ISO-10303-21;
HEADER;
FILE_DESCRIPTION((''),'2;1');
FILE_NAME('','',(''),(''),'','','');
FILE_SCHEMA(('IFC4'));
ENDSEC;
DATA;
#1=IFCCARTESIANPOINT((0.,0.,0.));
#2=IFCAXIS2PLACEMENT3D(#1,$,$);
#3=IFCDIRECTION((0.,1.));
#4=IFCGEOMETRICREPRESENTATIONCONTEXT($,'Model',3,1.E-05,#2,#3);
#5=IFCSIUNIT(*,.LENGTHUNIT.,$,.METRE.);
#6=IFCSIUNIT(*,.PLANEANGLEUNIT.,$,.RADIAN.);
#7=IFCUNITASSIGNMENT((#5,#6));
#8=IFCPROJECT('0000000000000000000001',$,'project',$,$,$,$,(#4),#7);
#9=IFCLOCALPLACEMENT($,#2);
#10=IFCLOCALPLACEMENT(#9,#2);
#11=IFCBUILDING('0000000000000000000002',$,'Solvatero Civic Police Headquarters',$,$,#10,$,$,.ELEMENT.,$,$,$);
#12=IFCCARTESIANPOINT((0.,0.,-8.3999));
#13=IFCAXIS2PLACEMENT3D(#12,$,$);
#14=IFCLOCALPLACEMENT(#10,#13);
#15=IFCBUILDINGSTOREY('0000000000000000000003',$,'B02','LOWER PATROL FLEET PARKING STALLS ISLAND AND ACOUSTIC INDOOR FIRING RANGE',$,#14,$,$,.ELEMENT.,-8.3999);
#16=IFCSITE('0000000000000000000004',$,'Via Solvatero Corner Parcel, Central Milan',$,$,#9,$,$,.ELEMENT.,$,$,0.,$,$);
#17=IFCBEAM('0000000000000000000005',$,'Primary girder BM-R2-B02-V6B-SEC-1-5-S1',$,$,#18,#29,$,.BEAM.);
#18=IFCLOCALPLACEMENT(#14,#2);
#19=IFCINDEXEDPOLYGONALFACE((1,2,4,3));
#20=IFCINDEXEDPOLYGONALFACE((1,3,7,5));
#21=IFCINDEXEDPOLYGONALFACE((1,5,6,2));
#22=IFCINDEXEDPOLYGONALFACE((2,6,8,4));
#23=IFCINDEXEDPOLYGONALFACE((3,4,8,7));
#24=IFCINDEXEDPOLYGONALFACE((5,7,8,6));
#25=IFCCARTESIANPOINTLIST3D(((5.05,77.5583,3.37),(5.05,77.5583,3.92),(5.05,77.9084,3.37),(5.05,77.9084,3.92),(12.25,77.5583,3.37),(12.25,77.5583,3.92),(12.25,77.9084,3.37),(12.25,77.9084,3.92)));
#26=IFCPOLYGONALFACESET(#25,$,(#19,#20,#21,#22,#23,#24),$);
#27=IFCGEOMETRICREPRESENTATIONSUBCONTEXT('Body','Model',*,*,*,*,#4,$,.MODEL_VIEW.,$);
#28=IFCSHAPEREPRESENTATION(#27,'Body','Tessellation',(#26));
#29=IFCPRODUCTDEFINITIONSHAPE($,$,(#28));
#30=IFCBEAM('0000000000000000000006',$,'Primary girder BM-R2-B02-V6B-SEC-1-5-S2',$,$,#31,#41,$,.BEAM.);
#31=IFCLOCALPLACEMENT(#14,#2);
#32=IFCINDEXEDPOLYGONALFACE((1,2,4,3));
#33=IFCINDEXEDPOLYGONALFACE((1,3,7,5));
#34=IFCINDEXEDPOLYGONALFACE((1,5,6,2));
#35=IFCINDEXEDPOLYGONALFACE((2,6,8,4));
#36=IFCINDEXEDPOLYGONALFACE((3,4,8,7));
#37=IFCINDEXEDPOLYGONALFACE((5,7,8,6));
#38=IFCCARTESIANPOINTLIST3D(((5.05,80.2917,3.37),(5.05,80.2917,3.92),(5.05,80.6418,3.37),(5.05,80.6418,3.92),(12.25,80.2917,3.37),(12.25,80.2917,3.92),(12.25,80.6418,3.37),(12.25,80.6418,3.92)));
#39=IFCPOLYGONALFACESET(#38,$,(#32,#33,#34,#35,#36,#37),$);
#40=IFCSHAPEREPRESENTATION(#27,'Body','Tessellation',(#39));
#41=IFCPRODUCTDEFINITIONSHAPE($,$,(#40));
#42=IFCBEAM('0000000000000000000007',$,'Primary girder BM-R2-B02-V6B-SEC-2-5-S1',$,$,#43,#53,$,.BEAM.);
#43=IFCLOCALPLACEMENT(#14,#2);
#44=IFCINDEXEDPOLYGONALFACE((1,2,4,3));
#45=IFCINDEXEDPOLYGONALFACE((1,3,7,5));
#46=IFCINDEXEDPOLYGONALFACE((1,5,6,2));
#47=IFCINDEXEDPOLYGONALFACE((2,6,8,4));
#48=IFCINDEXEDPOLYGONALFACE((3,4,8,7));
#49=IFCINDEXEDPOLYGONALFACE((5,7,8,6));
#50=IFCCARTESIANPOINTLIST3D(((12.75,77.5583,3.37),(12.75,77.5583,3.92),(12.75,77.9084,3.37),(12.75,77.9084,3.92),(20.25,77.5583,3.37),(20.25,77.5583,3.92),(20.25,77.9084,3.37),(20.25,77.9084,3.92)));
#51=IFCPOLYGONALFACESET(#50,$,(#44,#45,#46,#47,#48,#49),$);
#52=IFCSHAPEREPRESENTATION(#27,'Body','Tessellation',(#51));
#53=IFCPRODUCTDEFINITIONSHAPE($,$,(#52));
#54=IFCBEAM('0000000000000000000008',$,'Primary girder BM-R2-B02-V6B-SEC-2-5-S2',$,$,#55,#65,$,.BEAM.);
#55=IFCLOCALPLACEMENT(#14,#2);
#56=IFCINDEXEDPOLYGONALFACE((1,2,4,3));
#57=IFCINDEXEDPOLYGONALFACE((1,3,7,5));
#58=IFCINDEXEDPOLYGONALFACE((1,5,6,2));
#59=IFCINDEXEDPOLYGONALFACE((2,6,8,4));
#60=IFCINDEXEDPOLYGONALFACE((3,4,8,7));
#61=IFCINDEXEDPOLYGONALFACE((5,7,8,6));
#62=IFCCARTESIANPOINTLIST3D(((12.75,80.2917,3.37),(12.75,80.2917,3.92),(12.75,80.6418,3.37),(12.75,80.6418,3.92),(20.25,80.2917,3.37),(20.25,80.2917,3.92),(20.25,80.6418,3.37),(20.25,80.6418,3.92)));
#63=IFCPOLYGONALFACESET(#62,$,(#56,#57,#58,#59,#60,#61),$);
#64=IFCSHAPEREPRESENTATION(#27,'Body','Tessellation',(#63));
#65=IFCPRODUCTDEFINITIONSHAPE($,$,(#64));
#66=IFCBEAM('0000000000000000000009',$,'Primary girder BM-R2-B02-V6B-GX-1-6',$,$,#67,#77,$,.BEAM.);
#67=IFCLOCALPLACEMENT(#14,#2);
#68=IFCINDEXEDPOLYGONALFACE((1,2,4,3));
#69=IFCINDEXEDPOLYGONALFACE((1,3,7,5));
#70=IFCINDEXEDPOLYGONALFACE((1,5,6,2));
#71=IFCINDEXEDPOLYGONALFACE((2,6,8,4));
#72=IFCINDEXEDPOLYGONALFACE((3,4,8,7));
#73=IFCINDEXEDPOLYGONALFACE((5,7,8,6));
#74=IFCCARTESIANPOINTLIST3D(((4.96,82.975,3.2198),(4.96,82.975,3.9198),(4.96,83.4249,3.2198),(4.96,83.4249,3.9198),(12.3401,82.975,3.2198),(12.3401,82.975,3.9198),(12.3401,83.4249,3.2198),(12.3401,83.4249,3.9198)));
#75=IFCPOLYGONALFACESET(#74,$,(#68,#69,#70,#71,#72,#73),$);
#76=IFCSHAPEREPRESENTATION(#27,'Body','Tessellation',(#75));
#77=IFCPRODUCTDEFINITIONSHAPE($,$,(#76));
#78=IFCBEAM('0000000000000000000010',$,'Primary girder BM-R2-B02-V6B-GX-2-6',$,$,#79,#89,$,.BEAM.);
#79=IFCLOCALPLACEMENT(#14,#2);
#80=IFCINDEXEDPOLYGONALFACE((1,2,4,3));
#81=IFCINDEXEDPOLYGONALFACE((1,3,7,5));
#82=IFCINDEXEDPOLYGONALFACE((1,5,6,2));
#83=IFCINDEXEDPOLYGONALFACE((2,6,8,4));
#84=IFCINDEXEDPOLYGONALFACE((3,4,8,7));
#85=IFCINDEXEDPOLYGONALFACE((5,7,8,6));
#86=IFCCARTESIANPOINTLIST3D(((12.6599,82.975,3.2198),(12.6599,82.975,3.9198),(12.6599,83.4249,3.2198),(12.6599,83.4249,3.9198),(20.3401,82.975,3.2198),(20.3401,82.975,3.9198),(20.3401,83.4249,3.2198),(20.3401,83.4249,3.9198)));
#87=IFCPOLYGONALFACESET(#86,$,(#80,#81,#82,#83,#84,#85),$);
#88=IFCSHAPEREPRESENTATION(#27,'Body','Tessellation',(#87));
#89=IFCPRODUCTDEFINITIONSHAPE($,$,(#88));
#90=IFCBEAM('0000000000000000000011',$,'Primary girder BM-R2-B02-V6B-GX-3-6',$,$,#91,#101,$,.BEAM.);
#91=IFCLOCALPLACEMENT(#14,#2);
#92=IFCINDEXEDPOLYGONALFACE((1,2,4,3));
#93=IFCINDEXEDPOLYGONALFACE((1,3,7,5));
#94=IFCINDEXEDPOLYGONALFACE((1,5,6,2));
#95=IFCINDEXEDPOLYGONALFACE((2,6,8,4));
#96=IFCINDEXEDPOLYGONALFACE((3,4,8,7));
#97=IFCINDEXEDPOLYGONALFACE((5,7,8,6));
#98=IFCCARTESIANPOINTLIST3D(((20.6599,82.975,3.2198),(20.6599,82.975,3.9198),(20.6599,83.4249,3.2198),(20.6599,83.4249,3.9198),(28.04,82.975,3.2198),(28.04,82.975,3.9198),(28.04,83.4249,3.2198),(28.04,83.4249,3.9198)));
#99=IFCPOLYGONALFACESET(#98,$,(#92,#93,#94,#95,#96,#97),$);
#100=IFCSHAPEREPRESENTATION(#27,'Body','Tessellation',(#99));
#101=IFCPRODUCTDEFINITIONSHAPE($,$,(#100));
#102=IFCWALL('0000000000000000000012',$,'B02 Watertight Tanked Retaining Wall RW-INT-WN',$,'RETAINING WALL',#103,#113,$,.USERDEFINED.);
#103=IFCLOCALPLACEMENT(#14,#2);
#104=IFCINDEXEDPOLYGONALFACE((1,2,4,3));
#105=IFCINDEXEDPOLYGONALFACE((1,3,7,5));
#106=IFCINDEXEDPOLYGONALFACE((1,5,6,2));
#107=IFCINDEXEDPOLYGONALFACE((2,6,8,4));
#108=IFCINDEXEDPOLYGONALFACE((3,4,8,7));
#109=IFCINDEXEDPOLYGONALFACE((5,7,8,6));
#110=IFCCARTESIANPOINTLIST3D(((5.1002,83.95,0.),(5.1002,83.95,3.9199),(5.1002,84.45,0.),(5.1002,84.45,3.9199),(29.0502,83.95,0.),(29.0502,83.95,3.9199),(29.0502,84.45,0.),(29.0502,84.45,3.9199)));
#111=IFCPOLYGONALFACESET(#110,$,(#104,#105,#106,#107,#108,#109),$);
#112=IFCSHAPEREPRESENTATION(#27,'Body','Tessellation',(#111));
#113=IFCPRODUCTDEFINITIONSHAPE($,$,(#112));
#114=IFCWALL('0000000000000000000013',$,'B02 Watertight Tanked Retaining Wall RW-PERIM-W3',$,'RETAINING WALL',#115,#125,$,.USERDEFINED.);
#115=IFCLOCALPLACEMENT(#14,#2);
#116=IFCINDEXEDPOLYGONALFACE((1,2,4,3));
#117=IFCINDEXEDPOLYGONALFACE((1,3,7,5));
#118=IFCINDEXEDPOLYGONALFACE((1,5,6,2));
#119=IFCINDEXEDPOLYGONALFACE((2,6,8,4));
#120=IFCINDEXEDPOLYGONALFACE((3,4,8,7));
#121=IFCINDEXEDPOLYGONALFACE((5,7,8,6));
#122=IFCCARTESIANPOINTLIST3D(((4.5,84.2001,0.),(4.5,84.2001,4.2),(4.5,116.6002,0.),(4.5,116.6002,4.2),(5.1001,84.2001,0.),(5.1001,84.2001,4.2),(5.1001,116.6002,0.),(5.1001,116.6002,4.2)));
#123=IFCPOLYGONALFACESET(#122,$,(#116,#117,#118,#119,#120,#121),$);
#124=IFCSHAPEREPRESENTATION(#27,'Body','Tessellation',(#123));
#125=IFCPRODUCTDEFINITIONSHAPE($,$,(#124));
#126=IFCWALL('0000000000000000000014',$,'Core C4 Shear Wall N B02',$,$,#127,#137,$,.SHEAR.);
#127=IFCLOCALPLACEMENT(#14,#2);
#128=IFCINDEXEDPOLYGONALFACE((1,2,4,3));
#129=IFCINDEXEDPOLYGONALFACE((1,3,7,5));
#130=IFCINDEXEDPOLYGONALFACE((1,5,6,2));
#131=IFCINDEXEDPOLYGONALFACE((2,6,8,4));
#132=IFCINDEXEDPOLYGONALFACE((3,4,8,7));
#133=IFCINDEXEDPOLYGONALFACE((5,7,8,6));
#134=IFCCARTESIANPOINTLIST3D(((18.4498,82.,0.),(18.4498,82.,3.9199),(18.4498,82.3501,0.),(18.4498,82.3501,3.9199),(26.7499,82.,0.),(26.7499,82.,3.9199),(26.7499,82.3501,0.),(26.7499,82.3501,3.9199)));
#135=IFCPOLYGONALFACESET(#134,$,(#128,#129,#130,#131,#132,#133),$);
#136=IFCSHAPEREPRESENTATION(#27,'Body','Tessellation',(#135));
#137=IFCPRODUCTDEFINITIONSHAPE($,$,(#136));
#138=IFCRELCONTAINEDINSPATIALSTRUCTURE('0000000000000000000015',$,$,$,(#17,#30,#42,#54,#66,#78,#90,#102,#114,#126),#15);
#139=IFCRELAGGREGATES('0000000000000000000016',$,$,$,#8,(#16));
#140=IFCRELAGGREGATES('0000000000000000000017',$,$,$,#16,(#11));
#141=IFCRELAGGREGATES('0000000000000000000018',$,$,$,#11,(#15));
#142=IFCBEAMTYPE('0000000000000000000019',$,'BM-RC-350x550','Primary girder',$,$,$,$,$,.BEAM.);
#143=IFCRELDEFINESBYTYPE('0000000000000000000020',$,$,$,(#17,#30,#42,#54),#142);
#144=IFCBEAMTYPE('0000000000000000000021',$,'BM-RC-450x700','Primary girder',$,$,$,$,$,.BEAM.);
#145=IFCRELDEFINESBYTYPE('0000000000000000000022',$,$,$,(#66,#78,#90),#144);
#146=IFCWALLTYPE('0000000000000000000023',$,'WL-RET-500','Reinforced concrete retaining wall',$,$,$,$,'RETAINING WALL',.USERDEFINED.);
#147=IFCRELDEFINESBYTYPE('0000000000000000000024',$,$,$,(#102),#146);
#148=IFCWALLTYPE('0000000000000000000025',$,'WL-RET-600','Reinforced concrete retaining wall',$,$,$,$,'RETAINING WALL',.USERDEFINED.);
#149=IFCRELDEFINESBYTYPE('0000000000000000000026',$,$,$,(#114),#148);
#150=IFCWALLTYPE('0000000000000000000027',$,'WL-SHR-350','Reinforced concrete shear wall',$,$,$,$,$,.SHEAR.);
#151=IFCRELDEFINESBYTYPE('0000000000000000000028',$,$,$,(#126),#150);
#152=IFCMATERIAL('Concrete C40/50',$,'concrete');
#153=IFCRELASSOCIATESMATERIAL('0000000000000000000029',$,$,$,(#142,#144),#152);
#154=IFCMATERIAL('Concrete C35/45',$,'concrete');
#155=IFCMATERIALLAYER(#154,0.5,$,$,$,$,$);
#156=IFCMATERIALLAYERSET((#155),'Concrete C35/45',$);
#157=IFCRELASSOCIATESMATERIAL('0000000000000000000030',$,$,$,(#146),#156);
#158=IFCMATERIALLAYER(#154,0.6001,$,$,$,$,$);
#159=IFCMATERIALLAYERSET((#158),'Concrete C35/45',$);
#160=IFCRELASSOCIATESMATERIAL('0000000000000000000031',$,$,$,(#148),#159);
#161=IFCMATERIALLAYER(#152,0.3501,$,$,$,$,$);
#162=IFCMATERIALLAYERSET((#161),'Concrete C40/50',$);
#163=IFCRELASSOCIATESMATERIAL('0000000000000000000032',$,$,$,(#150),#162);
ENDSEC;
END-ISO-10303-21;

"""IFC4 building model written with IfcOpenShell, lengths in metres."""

from ifc_helpers import new_model, si_unit, direction, frame, frame_2d, origin, origin_2d, place, context, subcontext, project, spatial, rectangle, extrude, material, layer, layer_set, material_profile, profile_set, type_object, element, save


model = new_model("IFC4")

# Units and contexts
model_context = context("Model", 3, precision=1e-05, world=origin(), true_north=direction((0.0, 1.0)))
body_context = subcontext(model_context, "Body", "Model", "MODEL_VIEW")
ifc_project = project(units=[si_unit("LENGTHUNIT", "METRE"), si_unit("PLANEANGLEUNIT", "RADIAN")], contexts=[model_context])

# Site, building, storey
site_placement = place(None, origin())
site = spatial("IfcSite", under=ifc_project, at=site_placement, Name="Via Solvatero Corner Parcel, Central Milan", CompositionType="ELEMENT", RefElevation=0.0)
building_placement = place(site_placement, origin())
building = spatial("IfcBuilding", under=site, at=building_placement, Name="Solvatero Civic Police Headquarters", CompositionType="ELEMENT")
storey_placement = place(building_placement, frame((0.0, 0.0, -8.3999)))
storey = spatial("IfcBuildingStorey", under=building, at=storey_placement, Name="B02", Description="LOWER PATROL FLEET PARKING STALLS ISLAND AND ACOUSTIC INDOOR FIRING RANGE", CompositionType="ELEMENT", Elevation=-8.3999)

# Shared definitions
ifc_material_1 = material(Name="Concrete C35/45", Category="concrete")

# Shared definitions
ifc_material_2 = material(Name="Concrete C40/50", Category="concrete")

# Beams
ifc_material_profile_1 = material_profile(ifc_material_2, rectangle(XDim=0.3501, YDim=0.55, at=origin_2d()), Name="RC 350x550")
ifc_profile_set_1 = profile_set([ifc_material_profile_1], Name="Concrete C40/50")
beam_type_1 = type_object("IfcBeamType", Name="BM-RC-350x550", Description="Primary girder", PredefinedType="BEAM", material=ifc_profile_set_1)
for number, where, z_axis, x_axis, name in (
    (1, (5.05, 77.7334, 3.645), (1.0, 0.0, 0.0), (0.0, 1.0, 0.0), "Primary girder BM-R2-B02-V6B-SEC-1-5-S1"),
    (2, (5.05, 80.4668, 3.645), (1.0, 0.0, 0.0), (0.0, 1.0, 0.0), "Primary girder BM-R2-B02-V6B-SEC-1-5-S2"),
):
    element("IfcBeam", number, at=place(storey_placement, frame(where, z_axis=z_axis, x_axis=x_axis)), inside=storey, type_object=beam_type_1, Name=name, PredefinedType="BEAM", context=body_context, shape_type="SweptSolid", body=[
        extrude(rectangle(XDim=0.3501, YDim=0.55, at=origin_2d()), origin(), (0.0, 0.0, 1.0), 7.2),
    ])
for number, where, z_axis, x_axis, name in (
    (3, (12.75, 77.7334, 3.645), (1.0, 0.0, 0.0), (0.0, 1.0, 0.0), "Primary girder BM-R2-B02-V6B-SEC-2-5-S1"),
    (4, (12.75, 80.4668, 3.645), (1.0, 0.0, 0.0), (0.0, 1.0, 0.0), "Primary girder BM-R2-B02-V6B-SEC-2-5-S2"),
):
    element("IfcBeam", number, at=place(storey_placement, frame(where, z_axis=z_axis, x_axis=x_axis)), inside=storey, type_object=beam_type_1, Name=name, PredefinedType="BEAM", context=body_context, shape_type="SweptSolid", body=[
        extrude(rectangle(XDim=0.3501, YDim=0.55, at=origin_2d()), origin(), (0.0, 0.0, 1.0), 7.5),
    ])
ifc_material_profile_2 = material_profile(ifc_material_2, rectangle(XDim=0.45, YDim=0.7, at=origin_2d()), Name="RC 450x700")
ifc_profile_set_2 = profile_set([ifc_material_profile_2], Name="Concrete C40/50")
beam_type_2 = type_object("IfcBeamType", Name="BM-RC-450x700", Description="Primary girder", PredefinedType="BEAM", material=ifc_profile_set_2)
beam_1_placement = place(storey_placement, frame((4.96, 83.2, 3.5698), z_axis=(1.0, 0.0, 0.0), x_axis=(0.0, 1.0, 0.0)))
element("IfcBeam", 5, at=beam_1_placement, inside=storey, type_object=beam_type_2, Name="Primary girder BM-R2-B02-V6B-GX-1-6", PredefinedType="BEAM", context=body_context, shape_type="SweptSolid", body=[
    extrude(rectangle(XDim=0.45, YDim=0.7, at=origin_2d()), origin(), (0.0, 0.0, 1.0), 7.3801),
])
beam_2_placement = place(storey_placement, frame((12.6599, 83.2, 3.5698), z_axis=(1.0, 0.0, 0.0), x_axis=(0.0, 1.0, 0.0)))
element("IfcBeam", 6, at=beam_2_placement, inside=storey, type_object=beam_type_2, Name="Primary girder BM-R2-B02-V6B-GX-2-6", PredefinedType="BEAM", context=body_context, shape_type="SweptSolid", body=[
    extrude(rectangle(XDim=0.45, YDim=0.7, at=origin_2d()), origin(), (0.0, 0.0, 1.0), 7.6802),
])
beam_3_placement = place(storey_placement, frame((20.6599, 83.2, 3.5698), z_axis=(1.0, 0.0, 0.0), x_axis=(0.0, 1.0, 0.0)))
element("IfcBeam", 7, at=beam_3_placement, inside=storey, type_object=beam_type_2, Name="Primary girder BM-R2-B02-V6B-GX-3-6", PredefinedType="BEAM", context=body_context, shape_type="SweptSolid", body=[
    extrude(rectangle(XDim=0.45, YDim=0.7, at=origin_2d()), origin(), (0.0, 0.0, 1.0), 7.3801),
])

# Walls
ifc_layer_1 = layer(ifc_material_1, 0.5)
ifc_layer_set_1 = layer_set([ifc_layer_1], Name="Concrete C35/45")
wall_type_1 = type_object("IfcWallType", Name="WL-RET-500", Description="Reinforced concrete retaining wall", ElementType="RETAINING WALL", PredefinedType="USERDEFINED", material=ifc_layer_set_1)
wall_1_placement = place(storey_placement, frame((5.1001, 84.2, 0.0), z_axis=(0.0, 0.0, 1.0), x_axis=(1.0, 0.0, 0.0)))
element("IfcWall", 8, at=wall_1_placement, inside=storey, type_object=wall_type_1, Name="B02 Watertight Tanked Retaining Wall RW-INT-WN", ObjectType="RETAINING WALL", PredefinedType="USERDEFINED", context=body_context, shape_type="SweptSolid", body=[
    extrude(rectangle(XDim=23.95, YDim=0.5, at=frame_2d((11.9751, 0.0))), origin(), (0.0, 0.0, 1.0), 3.9199),
])
ifc_layer_2 = layer(ifc_material_1, 0.6001)
ifc_layer_set_2 = layer_set([ifc_layer_2], Name="Concrete C35/45")
wall_type_2 = type_object("IfcWallType", Name="WL-RET-600", Description="Reinforced concrete retaining wall", ElementType="RETAINING WALL", PredefinedType="USERDEFINED", material=ifc_layer_set_2)
wall_2_placement = place(storey_placement, frame((4.8, 84.2, 0.0), z_axis=(0.0, 0.0, 1.0), x_axis=(0.0, 1.0, 0.0)))
element("IfcWall", 9, at=wall_2_placement, inside=storey, type_object=wall_type_2, Name="B02 Watertight Tanked Retaining Wall RW-PERIM-W3", ObjectType="RETAINING WALL", PredefinedType="USERDEFINED", context=body_context, shape_type="SweptSolid", body=[
    extrude(rectangle(XDim=32.4001, YDim=0.6001, at=frame_2d((16.2002, 0.0))), origin(), (0.0, 0.0, 1.0), 4.2),
])
ifc_layer_3 = layer(ifc_material_2, 0.3501)
ifc_layer_set_3 = layer_set([ifc_layer_3], Name="Concrete C40/50")
wall_type_3 = type_object("IfcWallType", Name="WL-SHR-350", Description="Reinforced concrete shear wall", PredefinedType="SHEAR", material=ifc_layer_set_3)
wall_3_placement = place(storey_placement, frame((18.45, 82.175, 0.0), z_axis=(0.0, 0.0, 1.0), x_axis=(1.0, 0.0, 0.0)))
element("IfcWall", 10, at=wall_3_placement, inside=storey, type_object=wall_type_3, Name="Core C4 Shear Wall N B02", PredefinedType="SHEAR", context=body_context, shape_type="SweptSolid", body=[
    extrude(rectangle(XDim=8.3, YDim=0.3501, at=frame_2d((4.1499, 0.0))), origin(), (0.0, 0.0, 1.0), 3.9199),
])

save(model, "model.ifc")
